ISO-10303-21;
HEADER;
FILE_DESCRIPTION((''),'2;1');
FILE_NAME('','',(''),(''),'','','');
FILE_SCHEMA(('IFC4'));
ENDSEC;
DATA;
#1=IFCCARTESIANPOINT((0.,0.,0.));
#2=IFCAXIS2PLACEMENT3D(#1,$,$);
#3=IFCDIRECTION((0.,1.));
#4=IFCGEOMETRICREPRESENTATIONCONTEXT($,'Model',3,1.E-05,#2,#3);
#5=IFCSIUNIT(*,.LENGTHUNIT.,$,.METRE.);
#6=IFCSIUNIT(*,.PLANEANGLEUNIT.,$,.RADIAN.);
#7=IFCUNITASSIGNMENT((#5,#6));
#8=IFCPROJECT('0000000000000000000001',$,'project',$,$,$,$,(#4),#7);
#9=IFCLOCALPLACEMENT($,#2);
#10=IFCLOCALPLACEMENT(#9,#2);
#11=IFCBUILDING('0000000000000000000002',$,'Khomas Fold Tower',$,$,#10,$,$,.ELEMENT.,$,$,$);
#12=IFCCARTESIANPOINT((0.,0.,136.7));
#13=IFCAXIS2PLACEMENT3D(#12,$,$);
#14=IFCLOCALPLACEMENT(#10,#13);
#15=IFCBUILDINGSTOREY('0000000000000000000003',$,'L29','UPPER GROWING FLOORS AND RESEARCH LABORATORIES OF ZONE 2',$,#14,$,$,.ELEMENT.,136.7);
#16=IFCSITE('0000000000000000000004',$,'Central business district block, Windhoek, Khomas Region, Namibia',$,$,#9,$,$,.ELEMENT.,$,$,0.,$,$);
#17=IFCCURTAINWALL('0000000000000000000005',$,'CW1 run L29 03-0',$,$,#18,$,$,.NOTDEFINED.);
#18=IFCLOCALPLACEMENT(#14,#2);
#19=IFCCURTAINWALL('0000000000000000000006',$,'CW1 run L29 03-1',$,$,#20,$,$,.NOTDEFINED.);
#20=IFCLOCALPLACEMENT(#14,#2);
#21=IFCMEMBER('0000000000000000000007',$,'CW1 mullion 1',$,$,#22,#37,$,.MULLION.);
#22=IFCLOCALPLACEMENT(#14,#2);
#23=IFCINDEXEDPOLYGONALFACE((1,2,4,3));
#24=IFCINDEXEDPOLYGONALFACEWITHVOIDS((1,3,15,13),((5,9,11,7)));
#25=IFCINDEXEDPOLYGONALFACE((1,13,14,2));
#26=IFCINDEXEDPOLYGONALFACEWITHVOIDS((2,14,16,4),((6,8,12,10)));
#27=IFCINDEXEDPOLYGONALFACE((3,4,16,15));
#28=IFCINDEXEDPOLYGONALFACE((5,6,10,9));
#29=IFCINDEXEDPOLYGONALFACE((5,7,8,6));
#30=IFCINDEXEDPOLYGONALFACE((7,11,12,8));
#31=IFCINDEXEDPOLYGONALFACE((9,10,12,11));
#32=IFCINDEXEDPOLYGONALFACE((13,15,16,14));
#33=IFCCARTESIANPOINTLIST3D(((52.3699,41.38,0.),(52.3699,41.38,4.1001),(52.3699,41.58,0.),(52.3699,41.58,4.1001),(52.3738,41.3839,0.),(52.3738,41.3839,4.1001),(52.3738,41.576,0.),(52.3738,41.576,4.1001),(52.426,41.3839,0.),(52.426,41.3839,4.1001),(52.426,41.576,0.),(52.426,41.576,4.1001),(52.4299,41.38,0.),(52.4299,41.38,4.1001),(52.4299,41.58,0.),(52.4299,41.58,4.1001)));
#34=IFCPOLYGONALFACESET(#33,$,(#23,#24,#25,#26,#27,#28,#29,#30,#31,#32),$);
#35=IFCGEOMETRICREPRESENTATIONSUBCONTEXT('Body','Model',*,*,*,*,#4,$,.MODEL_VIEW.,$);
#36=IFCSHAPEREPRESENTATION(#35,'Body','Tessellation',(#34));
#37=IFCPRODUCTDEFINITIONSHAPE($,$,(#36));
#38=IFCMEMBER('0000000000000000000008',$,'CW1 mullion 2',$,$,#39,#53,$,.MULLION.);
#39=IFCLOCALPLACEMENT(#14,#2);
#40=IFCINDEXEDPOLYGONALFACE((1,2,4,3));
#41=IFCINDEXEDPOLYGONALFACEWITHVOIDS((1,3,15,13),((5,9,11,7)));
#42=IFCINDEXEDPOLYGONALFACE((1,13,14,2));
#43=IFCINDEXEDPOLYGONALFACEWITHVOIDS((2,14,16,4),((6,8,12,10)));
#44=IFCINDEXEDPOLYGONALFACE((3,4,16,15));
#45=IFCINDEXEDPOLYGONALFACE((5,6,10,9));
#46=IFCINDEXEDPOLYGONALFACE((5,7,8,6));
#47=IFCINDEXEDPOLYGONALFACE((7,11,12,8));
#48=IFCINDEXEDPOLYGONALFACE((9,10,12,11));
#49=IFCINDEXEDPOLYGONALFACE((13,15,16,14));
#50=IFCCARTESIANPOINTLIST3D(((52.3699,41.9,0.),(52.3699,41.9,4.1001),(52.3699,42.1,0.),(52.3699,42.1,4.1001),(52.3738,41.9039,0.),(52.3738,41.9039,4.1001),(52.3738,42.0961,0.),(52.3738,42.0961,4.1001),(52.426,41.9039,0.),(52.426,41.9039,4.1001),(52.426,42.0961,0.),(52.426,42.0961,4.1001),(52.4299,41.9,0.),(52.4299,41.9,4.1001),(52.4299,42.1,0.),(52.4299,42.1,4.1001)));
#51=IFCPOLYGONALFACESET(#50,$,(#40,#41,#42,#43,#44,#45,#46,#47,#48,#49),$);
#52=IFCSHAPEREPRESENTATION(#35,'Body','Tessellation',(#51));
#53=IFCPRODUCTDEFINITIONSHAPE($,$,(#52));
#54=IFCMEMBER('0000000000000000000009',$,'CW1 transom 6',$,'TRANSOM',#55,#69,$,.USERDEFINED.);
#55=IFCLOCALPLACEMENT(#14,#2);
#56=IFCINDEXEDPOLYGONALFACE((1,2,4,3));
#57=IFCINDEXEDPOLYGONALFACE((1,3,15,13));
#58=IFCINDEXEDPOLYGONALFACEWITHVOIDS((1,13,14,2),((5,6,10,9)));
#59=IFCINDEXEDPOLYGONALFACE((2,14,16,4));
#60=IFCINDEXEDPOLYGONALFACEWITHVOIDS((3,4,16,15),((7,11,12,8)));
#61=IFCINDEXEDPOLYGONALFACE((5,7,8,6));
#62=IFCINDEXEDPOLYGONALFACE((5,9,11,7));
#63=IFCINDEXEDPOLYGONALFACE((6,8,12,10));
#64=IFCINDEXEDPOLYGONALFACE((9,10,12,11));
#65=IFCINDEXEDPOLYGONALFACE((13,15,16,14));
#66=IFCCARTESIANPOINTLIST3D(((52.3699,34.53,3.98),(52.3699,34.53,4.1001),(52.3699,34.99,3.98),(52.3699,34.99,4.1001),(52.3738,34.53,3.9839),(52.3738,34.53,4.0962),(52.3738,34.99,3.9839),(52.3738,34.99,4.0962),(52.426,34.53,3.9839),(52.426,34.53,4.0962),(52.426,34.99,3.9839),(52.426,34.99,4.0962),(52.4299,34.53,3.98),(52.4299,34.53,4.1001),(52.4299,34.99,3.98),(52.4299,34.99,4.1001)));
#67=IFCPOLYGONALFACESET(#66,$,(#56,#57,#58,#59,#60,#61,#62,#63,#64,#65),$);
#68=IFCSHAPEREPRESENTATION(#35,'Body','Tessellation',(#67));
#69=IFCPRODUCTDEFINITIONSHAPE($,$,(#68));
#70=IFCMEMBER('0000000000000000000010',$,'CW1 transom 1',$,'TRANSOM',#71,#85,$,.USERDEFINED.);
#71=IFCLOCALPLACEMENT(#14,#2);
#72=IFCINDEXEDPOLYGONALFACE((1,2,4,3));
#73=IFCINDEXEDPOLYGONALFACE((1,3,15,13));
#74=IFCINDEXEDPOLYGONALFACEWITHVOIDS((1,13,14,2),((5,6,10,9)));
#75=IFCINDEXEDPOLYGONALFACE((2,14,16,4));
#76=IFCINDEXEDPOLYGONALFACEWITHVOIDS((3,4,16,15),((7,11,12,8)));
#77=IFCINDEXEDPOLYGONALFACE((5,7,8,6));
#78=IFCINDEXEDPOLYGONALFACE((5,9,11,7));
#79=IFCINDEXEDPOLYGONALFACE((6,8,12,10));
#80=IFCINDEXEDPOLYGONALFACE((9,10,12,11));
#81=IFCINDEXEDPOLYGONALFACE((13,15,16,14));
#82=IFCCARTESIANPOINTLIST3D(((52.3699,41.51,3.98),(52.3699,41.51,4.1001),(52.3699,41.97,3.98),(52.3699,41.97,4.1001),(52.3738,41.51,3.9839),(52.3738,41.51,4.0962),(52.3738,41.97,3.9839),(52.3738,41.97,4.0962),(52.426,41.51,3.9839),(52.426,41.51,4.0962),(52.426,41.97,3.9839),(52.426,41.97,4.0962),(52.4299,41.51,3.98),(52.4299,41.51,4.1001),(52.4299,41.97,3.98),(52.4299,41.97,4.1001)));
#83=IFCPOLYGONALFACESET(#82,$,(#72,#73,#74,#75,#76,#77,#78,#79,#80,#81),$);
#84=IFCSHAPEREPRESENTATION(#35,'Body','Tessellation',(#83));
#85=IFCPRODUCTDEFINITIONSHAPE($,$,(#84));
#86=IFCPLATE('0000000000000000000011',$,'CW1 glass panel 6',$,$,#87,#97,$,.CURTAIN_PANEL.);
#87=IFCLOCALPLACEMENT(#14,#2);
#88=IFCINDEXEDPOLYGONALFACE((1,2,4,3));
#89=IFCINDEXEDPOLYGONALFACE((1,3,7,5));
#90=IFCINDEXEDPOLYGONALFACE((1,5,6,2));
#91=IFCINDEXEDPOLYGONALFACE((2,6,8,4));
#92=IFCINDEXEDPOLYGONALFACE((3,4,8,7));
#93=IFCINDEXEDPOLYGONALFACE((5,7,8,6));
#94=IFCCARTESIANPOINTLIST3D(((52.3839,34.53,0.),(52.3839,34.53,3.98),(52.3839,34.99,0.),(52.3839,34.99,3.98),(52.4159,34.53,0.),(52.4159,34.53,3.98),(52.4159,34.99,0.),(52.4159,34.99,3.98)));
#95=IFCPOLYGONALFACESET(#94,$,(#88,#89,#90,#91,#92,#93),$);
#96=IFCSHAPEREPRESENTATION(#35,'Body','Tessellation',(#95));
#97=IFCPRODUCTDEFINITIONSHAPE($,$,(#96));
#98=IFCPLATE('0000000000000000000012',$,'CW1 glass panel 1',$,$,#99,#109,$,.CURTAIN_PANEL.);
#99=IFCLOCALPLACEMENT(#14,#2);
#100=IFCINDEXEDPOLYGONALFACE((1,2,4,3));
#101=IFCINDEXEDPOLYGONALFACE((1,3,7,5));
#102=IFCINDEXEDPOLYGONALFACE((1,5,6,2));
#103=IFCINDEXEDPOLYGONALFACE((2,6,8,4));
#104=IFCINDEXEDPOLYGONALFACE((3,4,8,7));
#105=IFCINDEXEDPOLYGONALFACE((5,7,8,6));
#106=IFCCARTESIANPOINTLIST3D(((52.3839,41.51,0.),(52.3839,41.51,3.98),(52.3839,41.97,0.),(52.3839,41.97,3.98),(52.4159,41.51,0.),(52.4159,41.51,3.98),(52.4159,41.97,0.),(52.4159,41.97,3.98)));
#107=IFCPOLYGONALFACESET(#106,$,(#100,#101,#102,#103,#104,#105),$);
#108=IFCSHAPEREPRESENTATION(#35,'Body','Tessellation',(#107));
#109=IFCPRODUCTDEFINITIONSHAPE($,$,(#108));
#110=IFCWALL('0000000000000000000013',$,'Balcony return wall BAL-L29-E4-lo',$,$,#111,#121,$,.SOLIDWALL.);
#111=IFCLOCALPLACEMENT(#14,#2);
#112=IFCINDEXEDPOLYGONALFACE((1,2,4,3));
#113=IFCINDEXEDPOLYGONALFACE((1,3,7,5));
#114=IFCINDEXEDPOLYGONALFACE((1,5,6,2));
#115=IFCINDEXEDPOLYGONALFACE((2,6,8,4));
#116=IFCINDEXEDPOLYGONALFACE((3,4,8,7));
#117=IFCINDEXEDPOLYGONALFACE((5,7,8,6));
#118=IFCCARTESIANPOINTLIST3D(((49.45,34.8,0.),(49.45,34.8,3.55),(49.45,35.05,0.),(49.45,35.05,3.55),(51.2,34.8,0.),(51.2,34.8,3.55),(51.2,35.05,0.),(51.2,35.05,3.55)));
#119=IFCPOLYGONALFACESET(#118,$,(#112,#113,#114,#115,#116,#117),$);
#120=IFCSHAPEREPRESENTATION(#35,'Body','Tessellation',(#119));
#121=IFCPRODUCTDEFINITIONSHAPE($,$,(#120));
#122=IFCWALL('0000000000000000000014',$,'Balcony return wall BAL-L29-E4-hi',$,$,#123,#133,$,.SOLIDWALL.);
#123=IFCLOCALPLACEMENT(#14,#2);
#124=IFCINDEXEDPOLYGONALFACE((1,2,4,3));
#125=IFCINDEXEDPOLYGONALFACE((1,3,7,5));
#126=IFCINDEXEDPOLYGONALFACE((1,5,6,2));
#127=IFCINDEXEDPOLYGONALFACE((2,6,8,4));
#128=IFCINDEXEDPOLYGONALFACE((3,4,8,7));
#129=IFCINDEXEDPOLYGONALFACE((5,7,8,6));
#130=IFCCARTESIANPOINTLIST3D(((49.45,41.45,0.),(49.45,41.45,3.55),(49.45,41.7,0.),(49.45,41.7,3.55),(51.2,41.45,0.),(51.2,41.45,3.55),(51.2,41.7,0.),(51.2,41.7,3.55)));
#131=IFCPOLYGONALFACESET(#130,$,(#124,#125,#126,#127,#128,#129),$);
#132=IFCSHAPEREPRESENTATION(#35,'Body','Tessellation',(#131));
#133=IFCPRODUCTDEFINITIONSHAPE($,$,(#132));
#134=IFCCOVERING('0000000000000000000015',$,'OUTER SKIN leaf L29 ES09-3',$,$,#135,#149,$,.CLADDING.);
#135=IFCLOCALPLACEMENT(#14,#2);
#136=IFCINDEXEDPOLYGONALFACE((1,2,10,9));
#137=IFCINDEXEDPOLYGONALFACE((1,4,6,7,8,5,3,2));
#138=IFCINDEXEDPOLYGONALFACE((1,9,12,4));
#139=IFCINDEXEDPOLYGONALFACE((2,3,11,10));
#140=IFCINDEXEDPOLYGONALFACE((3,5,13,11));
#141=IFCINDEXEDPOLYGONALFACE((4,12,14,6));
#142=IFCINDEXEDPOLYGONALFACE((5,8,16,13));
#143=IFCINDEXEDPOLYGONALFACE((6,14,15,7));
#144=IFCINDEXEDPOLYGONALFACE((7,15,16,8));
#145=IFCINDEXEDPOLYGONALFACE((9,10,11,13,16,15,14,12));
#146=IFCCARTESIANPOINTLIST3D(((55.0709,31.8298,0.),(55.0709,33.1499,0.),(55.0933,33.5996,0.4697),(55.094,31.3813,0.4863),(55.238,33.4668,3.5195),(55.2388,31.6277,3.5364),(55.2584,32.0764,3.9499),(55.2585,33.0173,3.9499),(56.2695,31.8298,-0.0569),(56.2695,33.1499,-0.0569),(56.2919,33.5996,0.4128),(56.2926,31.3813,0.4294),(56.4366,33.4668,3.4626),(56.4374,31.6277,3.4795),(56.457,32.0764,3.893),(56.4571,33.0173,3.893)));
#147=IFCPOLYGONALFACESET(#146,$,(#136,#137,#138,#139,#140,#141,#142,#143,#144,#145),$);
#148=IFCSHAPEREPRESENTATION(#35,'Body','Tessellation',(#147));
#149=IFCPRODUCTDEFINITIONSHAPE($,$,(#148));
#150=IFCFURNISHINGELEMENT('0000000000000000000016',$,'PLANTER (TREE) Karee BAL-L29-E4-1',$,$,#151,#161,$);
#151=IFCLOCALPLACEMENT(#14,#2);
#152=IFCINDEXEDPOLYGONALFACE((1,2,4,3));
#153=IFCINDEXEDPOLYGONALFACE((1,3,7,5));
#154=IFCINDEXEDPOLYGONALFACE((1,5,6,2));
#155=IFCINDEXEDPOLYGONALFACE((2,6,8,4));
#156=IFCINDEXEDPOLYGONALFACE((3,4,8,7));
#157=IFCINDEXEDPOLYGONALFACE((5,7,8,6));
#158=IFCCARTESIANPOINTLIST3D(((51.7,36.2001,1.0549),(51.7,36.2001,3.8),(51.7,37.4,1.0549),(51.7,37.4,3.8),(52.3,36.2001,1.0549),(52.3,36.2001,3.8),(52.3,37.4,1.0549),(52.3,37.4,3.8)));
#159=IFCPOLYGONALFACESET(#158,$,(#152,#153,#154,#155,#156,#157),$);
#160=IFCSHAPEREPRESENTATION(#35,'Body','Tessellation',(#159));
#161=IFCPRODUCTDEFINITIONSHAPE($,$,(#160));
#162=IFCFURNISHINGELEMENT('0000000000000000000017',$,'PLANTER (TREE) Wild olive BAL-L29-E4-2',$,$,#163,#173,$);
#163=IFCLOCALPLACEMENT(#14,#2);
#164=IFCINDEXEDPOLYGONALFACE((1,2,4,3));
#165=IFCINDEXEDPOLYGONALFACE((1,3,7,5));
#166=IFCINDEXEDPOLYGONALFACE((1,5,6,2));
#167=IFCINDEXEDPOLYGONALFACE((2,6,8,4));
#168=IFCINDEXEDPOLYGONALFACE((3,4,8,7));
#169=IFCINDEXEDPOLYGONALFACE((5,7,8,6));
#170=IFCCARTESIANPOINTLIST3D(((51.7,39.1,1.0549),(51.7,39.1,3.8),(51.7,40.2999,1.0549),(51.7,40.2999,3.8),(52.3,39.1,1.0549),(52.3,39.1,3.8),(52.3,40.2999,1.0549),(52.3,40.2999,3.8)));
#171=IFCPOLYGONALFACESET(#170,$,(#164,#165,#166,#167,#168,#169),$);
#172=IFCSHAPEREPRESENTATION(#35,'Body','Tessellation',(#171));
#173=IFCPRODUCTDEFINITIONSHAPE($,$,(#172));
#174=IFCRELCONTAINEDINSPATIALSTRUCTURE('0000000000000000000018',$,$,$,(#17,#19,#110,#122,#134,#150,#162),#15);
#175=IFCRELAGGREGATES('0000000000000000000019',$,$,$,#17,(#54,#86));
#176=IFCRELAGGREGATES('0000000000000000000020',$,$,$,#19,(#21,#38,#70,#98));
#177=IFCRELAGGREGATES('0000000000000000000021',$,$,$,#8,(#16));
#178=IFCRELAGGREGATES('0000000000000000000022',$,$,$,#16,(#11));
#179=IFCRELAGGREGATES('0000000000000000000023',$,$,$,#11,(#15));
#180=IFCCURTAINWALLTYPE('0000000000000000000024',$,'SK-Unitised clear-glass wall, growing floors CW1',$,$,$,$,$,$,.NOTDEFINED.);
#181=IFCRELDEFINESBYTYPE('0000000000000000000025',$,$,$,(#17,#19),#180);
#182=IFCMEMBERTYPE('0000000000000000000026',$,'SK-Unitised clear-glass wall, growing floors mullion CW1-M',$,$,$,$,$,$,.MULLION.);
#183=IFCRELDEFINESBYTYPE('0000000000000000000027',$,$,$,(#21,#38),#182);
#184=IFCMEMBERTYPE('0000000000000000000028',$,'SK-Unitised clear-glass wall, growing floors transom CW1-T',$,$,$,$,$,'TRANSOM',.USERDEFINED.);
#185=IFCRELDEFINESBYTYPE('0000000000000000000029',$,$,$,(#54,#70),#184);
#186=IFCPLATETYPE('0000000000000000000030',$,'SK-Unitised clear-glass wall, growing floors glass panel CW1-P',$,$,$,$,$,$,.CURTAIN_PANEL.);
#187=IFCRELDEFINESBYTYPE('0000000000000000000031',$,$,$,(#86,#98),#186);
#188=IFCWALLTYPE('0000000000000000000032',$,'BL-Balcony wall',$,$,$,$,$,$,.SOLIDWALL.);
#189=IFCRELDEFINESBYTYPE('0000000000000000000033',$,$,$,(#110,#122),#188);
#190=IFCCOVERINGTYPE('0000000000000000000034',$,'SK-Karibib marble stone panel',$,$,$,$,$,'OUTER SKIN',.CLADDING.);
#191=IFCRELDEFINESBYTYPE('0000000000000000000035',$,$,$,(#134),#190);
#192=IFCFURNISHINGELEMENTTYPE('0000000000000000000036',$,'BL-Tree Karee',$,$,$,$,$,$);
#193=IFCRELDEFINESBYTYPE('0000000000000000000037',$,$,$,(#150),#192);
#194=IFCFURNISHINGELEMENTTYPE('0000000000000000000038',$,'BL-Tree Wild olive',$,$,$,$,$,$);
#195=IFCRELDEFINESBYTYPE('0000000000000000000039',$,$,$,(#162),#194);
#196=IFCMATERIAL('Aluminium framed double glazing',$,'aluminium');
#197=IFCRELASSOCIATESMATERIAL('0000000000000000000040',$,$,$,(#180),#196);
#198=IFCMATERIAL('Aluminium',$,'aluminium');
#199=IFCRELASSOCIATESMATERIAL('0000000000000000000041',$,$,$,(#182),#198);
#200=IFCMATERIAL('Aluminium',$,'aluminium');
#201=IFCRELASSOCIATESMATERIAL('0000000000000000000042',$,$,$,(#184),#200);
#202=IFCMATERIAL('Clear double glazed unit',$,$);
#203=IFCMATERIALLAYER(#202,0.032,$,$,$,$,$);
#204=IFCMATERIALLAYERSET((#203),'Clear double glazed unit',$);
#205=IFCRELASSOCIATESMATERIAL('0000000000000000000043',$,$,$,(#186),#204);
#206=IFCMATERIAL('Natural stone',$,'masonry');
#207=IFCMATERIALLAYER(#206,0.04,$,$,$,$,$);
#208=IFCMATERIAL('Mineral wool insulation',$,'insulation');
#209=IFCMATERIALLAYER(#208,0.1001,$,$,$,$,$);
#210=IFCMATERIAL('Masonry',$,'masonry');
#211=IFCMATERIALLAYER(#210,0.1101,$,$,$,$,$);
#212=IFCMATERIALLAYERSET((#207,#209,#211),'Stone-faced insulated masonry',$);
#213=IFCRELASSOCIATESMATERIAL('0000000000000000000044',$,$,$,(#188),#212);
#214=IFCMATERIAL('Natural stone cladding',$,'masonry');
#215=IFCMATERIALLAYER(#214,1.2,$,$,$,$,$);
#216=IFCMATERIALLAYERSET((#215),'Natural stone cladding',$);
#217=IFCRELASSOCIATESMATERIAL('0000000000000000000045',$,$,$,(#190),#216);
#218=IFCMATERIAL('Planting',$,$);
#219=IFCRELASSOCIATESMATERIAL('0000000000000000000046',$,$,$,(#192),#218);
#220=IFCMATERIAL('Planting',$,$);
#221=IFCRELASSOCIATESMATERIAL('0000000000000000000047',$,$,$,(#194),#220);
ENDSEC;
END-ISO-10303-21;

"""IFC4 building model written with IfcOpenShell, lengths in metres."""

from ifc_helpers import new_model, si_unit, direction, frame, frame_2d, origin, origin_2d, place, context, subcontext, project, spatial, polyline, rectangle, hollow_rectangle, outline, extrude, source, transform, mapped, material, layer, layer_set, material_profile, profile_set, type_object, element, aggregate, save


model = new_model("IFC4")

# Units and contexts
model_context = context("Model", 3, precision=1e-05, world=origin(), true_north=direction((0.0, 1.0)))
body_context = subcontext(model_context, "Body", "Model", "MODEL_VIEW")
ifc_project = project(units=[si_unit("LENGTHUNIT", "METRE"), si_unit("PLANEANGLEUNIT", "RADIAN")], contexts=[model_context])

# Site, building, storey
site_placement = place(None, origin())
site = spatial("IfcSite", under=ifc_project, at=site_placement, Name="Central business district block, Windhoek, Khomas Region, Namibia", CompositionType="ELEMENT", RefElevation=0.0)
building_placement = place(site_placement, origin())
building = spatial("IfcBuilding", under=site, at=building_placement, Name="Khomas Fold Tower", CompositionType="ELEMENT")
storey_placement = place(building_placement, frame((0.0, 0.0, 136.7)))
storey = spatial("IfcBuildingStorey", under=building, at=storey_placement, Name="L29", Description="UPPER GROWING FLOORS AND RESEARCH LABORATORIES OF ZONE 2", CompositionType="ELEMENT", Elevation=136.7)

# Curtain walls, members
ifc_material_1 = material(Name="Aluminium framed double glazing", Category="aluminium")
curtain_wall_type = type_object("IfcCurtainWallType", Name="SK-Unitised clear-glass wall, growing floors CW1", PredefinedType="NOTDEFINED", material=ifc_material_1)
curtain_wall_1_placement = place(storey_placement, origin())
curtain_wall_1 = element("IfcCurtainWall", 1, at=curtain_wall_1_placement, inside=storey, type_object=curtain_wall_type, Name="CW1 run L29 03-0", PredefinedType="NOTDEFINED")
ifc_material_2 = material(Name="Aluminium", Category="aluminium")
ifc_material_profile_1 = material_profile(ifc_material_2, hollow_rectangle(XDim=0.0601, YDim=0.2, WallThickness=0.0039, at=origin_2d()), Name="SK-Unitised clear-glass wall, growing floors mullion CW1-M")
ifc_profile_set_1 = profile_set([ifc_material_profile_1], Name="Aluminium")
member_type_1 = type_object("IfcMemberType", Name="SK-Unitised clear-glass wall, growing floors mullion CW1-M", PredefinedType="MULLION", material=ifc_profile_set_1)
shared_shape_1 = source(origin(), body_context, "Body", "SweptSolid", [
    extrude(hollow_rectangle(XDim=0.0601, YDim=0.2, WallThickness=0.0039, at=origin_2d()), origin(), (0.0, 0.0, 1.0), 4.1001),
])
curtain_wall_2_placement = place(storey_placement, origin())
curtain_wall_2 = element("IfcCurtainWall", 2, at=curtain_wall_2_placement, inside=storey, type_object=curtain_wall_type, Name="CW1 run L29 03-1", PredefinedType="NOTDEFINED")
member_1_placement = place(storey_placement, frame((52.3999, 41.48, 0.0), z_axis=(0.0, 0.0, 1.0), x_axis=(-1.0, 0.0, 0.0)))
member_1 = element("IfcMember", 3, at=member_1_placement, type_object=member_type_1, Name="CW1 mullion 1", PredefinedType="MULLION", context=body_context, shape_type="MappedRepresentation", body=[
    mapped(shared_shape_1, transform((0.0, 0.0, 0.0))),
])
member_2_placement = place(storey_placement, frame((52.3999, 42.0, 0.0), z_axis=(0.0, 0.0, 1.0), x_axis=(-1.0, 0.0, 0.0)))
member_2 = element("IfcMember", 4, at=member_2_placement, type_object=member_type_1, Name="CW1 mullion 2", PredefinedType="MULLION", context=body_context, shape_type="MappedRepresentation", body=[
    mapped(shared_shape_1, transform((0.0, 0.0, 0.0))),
])

# Members
ifc_material_3 = material(Name="Aluminium", Category="aluminium")
ifc_material_profile_2 = material_profile(ifc_material_3, hollow_rectangle(XDim=0.0601, YDim=0.1201, WallThickness=0.0039, at=origin_2d()), Name="SK-Unitised clear-glass wall, growing floors transom CW1-T")
ifc_profile_set_2 = profile_set([ifc_material_profile_2], Name="Aluminium")
member_type_2 = type_object("IfcMemberType", Name="SK-Unitised clear-glass wall, growing floors transom CW1-T", ElementType="TRANSOM", PredefinedType="USERDEFINED", material=ifc_profile_set_2)
shared_shape_2 = source(origin(), body_context, "Body", "SweptSolid", [
    extrude(hollow_rectangle(XDim=0.0601, YDim=0.1201, WallThickness=0.0039, at=origin_2d()), origin(), (0.0, 0.0, 1.0), 0.46),
])
member_3_placement = place(storey_placement, frame((52.3999, 34.53, 4.04), z_axis=(0.0, 1.0, 0.0), x_axis=(-1.0, 0.0, 0.0)))
member_3 = element("IfcMember", 5, at=member_3_placement, type_object=member_type_2, Name="CW1 transom 6", ObjectType="TRANSOM", PredefinedType="USERDEFINED", context=body_context, shape_type="MappedRepresentation", body=[
    mapped(shared_shape_2, transform((0.0, 0.0, 0.0))),
])
member_4_placement = place(storey_placement, frame((52.3999, 41.51, 4.04), z_axis=(0.0, 1.0, 0.0), x_axis=(-1.0, 0.0, 0.0)))
member_4 = element("IfcMember", 6, at=member_4_placement, type_object=member_type_2, Name="CW1 transom 1", ObjectType="TRANSOM", PredefinedType="USERDEFINED", context=body_context, shape_type="MappedRepresentation", body=[
    mapped(shared_shape_2, transform((0.0, 0.0, 0.0))),
])

# Plates
ifc_material_4 = material(Name="Clear double glazed unit")
ifc_layer_1 = layer(ifc_material_4, 0.032)
ifc_layer_set_1 = layer_set([ifc_layer_1], Name="Clear double glazed unit")
plate_type = type_object("IfcPlateType", Name="SK-Unitised clear-glass wall, growing floors glass panel CW1-P", PredefinedType="CURTAIN_PANEL", material=ifc_layer_set_1)
shared_shape_3 = source(origin(), body_context, "Body", "SweptSolid", [
    extrude(rectangle(XDim=0.46, YDim=0.032, at=origin_2d()), origin(), (0.0, 0.0, 1.0), 3.98),
])
plate_1_placement = place(storey_placement, frame((52.3999, 34.76, 0.0), z_axis=(0.0, 0.0, 1.0), x_axis=(0.0, 1.0, 0.0)))
plate_1 = element("IfcPlate", 7, at=plate_1_placement, type_object=plate_type, Name="CW1 glass panel 6", PredefinedType="CURTAIN_PANEL", context=body_context, shape_type="MappedRepresentation", body=[
    mapped(shared_shape_3, transform((0.0, 0.0, 0.0))),
])
aggregate(curtain_wall_1, [member_3, plate_1])
plate_2_placement = place(storey_placement, frame((52.3999, 41.74, 0.0), z_axis=(0.0, 0.0, 1.0), x_axis=(0.0, 1.0, 0.0)))
plate_2 = element("IfcPlate", 8, at=plate_2_placement, type_object=plate_type, Name="CW1 glass panel 1", PredefinedType="CURTAIN_PANEL", context=body_context, shape_type="MappedRepresentation", body=[
    mapped(shared_shape_3, transform((0.0, 0.0, 0.0))),
])
aggregate(curtain_wall_2, [member_1, member_2, member_4, plate_2])

# Shared definitions
ifc_material_5 = material(Name="Natural stone", Category="masonry")
ifc_layer_2 = layer(ifc_material_5, 0.04)
ifc_material_6 = material(Name="Mineral wool insulation", Category="insulation")
ifc_layer_3 = layer(ifc_material_6, 0.1001)
ifc_material_7 = material(Name="Masonry", Category="masonry")
ifc_layer_4 = layer(ifc_material_7, 0.1101)
ifc_layer_set_2 = layer_set([ifc_layer_2, ifc_layer_3, ifc_layer_4], Name="Stone-faced insulated masonry")
wall_type = type_object("IfcWallType", Name="BL-Balcony wall", PredefinedType="SOLIDWALL", material=ifc_layer_set_2)

# Walls
shared_shape_4 = source(origin(), body_context, "Body", "SweptSolid", [
    extrude(rectangle(XDim=1.75, YDim=0.25, at=frame_2d((0.875, 0.0))), origin(), (0.0, 0.0, 1.0), 3.55),
])
for number, where, z_axis, x_axis, name in (
    (9, (51.2, 34.925, 0.0), (0.0, 0.0, 1.0), (-1.0, 0.0, 0.0), "Balcony return wall BAL-L29-E4-lo"),
    (10, (51.2, 41.575, 0.0), (0.0, 0.0, 1.0), (-1.0, 0.0, 0.0), "Balcony return wall BAL-L29-E4-hi"),
):
    element("IfcWall", number, at=place(storey_placement, frame(where, z_axis=z_axis, x_axis=x_axis)), inside=storey, type_object=wall_type, Name=name, PredefinedType="SOLIDWALL", context=body_context, shape_type="MappedRepresentation", body=[
        mapped(shared_shape_4, transform((0.0, 0.0, 0.0))),
    ])

# Covering
ifc_material_8 = material(Name="Natural stone cladding", Category="masonry")
ifc_layer_5 = layer(ifc_material_8, 1.2)
ifc_layer_set_3 = layer_set([ifc_layer_5], Name="Natural stone cladding")
covering_type = type_object("IfcCoveringType", Name="SK-Karibib marble stone panel", ElementType="OUTER SKIN", PredefinedType="CLADDING", material=ifc_layer_set_3)
covering_placement = place(storey_placement, frame((55.238, 33.4668, 3.5195), z_axis=(-0.998875, 0.000028, 0.047422), x_axis=(-0.047376, 0.043458, -0.997931)))
element("IfcCovering", 11, at=covering_placement, inside=storey, type_object=covering_type, Name="OUTER SKIN leaf L29 ES09-3", PredefinedType="CLADDING", context=body_context, shape_type="SweptSolid", body=[
    extrude(outline(polyline([(0.0, 0.0), (3.0561, 0.0), (3.5064, 0.4697), (3.449, 1.7885), (2.9431, 2.2154), (-0.0968, 1.8366), (-0.4909, 1.3703), (-0.45, 0.4303), (0.0, 0.0)])), origin(), (0.0, 0.0, -1.0), 1.2),
])

# Furnishing elements
ifc_material_9 = material(Name="Planting")
furnishing_element_type_1 = type_object("IfcFurnishingElementType", Name="BL-Tree Karee", material=ifc_material_9)
shared_shape_5 = source(origin(), body_context, "Body", "SweptSolid", [
    extrude(rectangle(XDim=1.2, YDim=0.6001, at=origin_2d()), origin(), (0.0, 0.0, 1.0), 2.7451),
])
furnishing_1_placement = place(storey_placement, frame((52.0, 36.8, 1.0549), z_axis=(0.0, 0.0, 1.0), x_axis=(0.0, 1.0, 0.0)))
element("IfcFurnishingElement", 12, at=furnishing_1_placement, inside=storey, type_object=furnishing_element_type_1, Name="PLANTER (TREE) Karee BAL-L29-E4-1", context=body_context, shape_type="MappedRepresentation", body=[
    mapped(shared_shape_5, transform((0.0, 0.0, 0.0))),
])
ifc_material_10 = material(Name="Planting")
furnishing_element_type_2 = type_object("IfcFurnishingElementType", Name="BL-Tree Wild olive", material=ifc_material_10)
furnishing_2_placement = place(storey_placement, frame((52.0, 39.7, 1.0549), z_axis=(0.0, 0.0, 1.0), x_axis=(0.0, 1.0, 0.0)))
element("IfcFurnishingElement", 13, at=furnishing_2_placement, inside=storey, type_object=furnishing_element_type_2, Name="PLANTER (TREE) Wild olive BAL-L29-E4-2", context=body_context, shape_type="MappedRepresentation", body=[
    mapped(shared_shape_5, transform((0.0, 0.0, 0.0))),
])

save(model, "model.ifc")
